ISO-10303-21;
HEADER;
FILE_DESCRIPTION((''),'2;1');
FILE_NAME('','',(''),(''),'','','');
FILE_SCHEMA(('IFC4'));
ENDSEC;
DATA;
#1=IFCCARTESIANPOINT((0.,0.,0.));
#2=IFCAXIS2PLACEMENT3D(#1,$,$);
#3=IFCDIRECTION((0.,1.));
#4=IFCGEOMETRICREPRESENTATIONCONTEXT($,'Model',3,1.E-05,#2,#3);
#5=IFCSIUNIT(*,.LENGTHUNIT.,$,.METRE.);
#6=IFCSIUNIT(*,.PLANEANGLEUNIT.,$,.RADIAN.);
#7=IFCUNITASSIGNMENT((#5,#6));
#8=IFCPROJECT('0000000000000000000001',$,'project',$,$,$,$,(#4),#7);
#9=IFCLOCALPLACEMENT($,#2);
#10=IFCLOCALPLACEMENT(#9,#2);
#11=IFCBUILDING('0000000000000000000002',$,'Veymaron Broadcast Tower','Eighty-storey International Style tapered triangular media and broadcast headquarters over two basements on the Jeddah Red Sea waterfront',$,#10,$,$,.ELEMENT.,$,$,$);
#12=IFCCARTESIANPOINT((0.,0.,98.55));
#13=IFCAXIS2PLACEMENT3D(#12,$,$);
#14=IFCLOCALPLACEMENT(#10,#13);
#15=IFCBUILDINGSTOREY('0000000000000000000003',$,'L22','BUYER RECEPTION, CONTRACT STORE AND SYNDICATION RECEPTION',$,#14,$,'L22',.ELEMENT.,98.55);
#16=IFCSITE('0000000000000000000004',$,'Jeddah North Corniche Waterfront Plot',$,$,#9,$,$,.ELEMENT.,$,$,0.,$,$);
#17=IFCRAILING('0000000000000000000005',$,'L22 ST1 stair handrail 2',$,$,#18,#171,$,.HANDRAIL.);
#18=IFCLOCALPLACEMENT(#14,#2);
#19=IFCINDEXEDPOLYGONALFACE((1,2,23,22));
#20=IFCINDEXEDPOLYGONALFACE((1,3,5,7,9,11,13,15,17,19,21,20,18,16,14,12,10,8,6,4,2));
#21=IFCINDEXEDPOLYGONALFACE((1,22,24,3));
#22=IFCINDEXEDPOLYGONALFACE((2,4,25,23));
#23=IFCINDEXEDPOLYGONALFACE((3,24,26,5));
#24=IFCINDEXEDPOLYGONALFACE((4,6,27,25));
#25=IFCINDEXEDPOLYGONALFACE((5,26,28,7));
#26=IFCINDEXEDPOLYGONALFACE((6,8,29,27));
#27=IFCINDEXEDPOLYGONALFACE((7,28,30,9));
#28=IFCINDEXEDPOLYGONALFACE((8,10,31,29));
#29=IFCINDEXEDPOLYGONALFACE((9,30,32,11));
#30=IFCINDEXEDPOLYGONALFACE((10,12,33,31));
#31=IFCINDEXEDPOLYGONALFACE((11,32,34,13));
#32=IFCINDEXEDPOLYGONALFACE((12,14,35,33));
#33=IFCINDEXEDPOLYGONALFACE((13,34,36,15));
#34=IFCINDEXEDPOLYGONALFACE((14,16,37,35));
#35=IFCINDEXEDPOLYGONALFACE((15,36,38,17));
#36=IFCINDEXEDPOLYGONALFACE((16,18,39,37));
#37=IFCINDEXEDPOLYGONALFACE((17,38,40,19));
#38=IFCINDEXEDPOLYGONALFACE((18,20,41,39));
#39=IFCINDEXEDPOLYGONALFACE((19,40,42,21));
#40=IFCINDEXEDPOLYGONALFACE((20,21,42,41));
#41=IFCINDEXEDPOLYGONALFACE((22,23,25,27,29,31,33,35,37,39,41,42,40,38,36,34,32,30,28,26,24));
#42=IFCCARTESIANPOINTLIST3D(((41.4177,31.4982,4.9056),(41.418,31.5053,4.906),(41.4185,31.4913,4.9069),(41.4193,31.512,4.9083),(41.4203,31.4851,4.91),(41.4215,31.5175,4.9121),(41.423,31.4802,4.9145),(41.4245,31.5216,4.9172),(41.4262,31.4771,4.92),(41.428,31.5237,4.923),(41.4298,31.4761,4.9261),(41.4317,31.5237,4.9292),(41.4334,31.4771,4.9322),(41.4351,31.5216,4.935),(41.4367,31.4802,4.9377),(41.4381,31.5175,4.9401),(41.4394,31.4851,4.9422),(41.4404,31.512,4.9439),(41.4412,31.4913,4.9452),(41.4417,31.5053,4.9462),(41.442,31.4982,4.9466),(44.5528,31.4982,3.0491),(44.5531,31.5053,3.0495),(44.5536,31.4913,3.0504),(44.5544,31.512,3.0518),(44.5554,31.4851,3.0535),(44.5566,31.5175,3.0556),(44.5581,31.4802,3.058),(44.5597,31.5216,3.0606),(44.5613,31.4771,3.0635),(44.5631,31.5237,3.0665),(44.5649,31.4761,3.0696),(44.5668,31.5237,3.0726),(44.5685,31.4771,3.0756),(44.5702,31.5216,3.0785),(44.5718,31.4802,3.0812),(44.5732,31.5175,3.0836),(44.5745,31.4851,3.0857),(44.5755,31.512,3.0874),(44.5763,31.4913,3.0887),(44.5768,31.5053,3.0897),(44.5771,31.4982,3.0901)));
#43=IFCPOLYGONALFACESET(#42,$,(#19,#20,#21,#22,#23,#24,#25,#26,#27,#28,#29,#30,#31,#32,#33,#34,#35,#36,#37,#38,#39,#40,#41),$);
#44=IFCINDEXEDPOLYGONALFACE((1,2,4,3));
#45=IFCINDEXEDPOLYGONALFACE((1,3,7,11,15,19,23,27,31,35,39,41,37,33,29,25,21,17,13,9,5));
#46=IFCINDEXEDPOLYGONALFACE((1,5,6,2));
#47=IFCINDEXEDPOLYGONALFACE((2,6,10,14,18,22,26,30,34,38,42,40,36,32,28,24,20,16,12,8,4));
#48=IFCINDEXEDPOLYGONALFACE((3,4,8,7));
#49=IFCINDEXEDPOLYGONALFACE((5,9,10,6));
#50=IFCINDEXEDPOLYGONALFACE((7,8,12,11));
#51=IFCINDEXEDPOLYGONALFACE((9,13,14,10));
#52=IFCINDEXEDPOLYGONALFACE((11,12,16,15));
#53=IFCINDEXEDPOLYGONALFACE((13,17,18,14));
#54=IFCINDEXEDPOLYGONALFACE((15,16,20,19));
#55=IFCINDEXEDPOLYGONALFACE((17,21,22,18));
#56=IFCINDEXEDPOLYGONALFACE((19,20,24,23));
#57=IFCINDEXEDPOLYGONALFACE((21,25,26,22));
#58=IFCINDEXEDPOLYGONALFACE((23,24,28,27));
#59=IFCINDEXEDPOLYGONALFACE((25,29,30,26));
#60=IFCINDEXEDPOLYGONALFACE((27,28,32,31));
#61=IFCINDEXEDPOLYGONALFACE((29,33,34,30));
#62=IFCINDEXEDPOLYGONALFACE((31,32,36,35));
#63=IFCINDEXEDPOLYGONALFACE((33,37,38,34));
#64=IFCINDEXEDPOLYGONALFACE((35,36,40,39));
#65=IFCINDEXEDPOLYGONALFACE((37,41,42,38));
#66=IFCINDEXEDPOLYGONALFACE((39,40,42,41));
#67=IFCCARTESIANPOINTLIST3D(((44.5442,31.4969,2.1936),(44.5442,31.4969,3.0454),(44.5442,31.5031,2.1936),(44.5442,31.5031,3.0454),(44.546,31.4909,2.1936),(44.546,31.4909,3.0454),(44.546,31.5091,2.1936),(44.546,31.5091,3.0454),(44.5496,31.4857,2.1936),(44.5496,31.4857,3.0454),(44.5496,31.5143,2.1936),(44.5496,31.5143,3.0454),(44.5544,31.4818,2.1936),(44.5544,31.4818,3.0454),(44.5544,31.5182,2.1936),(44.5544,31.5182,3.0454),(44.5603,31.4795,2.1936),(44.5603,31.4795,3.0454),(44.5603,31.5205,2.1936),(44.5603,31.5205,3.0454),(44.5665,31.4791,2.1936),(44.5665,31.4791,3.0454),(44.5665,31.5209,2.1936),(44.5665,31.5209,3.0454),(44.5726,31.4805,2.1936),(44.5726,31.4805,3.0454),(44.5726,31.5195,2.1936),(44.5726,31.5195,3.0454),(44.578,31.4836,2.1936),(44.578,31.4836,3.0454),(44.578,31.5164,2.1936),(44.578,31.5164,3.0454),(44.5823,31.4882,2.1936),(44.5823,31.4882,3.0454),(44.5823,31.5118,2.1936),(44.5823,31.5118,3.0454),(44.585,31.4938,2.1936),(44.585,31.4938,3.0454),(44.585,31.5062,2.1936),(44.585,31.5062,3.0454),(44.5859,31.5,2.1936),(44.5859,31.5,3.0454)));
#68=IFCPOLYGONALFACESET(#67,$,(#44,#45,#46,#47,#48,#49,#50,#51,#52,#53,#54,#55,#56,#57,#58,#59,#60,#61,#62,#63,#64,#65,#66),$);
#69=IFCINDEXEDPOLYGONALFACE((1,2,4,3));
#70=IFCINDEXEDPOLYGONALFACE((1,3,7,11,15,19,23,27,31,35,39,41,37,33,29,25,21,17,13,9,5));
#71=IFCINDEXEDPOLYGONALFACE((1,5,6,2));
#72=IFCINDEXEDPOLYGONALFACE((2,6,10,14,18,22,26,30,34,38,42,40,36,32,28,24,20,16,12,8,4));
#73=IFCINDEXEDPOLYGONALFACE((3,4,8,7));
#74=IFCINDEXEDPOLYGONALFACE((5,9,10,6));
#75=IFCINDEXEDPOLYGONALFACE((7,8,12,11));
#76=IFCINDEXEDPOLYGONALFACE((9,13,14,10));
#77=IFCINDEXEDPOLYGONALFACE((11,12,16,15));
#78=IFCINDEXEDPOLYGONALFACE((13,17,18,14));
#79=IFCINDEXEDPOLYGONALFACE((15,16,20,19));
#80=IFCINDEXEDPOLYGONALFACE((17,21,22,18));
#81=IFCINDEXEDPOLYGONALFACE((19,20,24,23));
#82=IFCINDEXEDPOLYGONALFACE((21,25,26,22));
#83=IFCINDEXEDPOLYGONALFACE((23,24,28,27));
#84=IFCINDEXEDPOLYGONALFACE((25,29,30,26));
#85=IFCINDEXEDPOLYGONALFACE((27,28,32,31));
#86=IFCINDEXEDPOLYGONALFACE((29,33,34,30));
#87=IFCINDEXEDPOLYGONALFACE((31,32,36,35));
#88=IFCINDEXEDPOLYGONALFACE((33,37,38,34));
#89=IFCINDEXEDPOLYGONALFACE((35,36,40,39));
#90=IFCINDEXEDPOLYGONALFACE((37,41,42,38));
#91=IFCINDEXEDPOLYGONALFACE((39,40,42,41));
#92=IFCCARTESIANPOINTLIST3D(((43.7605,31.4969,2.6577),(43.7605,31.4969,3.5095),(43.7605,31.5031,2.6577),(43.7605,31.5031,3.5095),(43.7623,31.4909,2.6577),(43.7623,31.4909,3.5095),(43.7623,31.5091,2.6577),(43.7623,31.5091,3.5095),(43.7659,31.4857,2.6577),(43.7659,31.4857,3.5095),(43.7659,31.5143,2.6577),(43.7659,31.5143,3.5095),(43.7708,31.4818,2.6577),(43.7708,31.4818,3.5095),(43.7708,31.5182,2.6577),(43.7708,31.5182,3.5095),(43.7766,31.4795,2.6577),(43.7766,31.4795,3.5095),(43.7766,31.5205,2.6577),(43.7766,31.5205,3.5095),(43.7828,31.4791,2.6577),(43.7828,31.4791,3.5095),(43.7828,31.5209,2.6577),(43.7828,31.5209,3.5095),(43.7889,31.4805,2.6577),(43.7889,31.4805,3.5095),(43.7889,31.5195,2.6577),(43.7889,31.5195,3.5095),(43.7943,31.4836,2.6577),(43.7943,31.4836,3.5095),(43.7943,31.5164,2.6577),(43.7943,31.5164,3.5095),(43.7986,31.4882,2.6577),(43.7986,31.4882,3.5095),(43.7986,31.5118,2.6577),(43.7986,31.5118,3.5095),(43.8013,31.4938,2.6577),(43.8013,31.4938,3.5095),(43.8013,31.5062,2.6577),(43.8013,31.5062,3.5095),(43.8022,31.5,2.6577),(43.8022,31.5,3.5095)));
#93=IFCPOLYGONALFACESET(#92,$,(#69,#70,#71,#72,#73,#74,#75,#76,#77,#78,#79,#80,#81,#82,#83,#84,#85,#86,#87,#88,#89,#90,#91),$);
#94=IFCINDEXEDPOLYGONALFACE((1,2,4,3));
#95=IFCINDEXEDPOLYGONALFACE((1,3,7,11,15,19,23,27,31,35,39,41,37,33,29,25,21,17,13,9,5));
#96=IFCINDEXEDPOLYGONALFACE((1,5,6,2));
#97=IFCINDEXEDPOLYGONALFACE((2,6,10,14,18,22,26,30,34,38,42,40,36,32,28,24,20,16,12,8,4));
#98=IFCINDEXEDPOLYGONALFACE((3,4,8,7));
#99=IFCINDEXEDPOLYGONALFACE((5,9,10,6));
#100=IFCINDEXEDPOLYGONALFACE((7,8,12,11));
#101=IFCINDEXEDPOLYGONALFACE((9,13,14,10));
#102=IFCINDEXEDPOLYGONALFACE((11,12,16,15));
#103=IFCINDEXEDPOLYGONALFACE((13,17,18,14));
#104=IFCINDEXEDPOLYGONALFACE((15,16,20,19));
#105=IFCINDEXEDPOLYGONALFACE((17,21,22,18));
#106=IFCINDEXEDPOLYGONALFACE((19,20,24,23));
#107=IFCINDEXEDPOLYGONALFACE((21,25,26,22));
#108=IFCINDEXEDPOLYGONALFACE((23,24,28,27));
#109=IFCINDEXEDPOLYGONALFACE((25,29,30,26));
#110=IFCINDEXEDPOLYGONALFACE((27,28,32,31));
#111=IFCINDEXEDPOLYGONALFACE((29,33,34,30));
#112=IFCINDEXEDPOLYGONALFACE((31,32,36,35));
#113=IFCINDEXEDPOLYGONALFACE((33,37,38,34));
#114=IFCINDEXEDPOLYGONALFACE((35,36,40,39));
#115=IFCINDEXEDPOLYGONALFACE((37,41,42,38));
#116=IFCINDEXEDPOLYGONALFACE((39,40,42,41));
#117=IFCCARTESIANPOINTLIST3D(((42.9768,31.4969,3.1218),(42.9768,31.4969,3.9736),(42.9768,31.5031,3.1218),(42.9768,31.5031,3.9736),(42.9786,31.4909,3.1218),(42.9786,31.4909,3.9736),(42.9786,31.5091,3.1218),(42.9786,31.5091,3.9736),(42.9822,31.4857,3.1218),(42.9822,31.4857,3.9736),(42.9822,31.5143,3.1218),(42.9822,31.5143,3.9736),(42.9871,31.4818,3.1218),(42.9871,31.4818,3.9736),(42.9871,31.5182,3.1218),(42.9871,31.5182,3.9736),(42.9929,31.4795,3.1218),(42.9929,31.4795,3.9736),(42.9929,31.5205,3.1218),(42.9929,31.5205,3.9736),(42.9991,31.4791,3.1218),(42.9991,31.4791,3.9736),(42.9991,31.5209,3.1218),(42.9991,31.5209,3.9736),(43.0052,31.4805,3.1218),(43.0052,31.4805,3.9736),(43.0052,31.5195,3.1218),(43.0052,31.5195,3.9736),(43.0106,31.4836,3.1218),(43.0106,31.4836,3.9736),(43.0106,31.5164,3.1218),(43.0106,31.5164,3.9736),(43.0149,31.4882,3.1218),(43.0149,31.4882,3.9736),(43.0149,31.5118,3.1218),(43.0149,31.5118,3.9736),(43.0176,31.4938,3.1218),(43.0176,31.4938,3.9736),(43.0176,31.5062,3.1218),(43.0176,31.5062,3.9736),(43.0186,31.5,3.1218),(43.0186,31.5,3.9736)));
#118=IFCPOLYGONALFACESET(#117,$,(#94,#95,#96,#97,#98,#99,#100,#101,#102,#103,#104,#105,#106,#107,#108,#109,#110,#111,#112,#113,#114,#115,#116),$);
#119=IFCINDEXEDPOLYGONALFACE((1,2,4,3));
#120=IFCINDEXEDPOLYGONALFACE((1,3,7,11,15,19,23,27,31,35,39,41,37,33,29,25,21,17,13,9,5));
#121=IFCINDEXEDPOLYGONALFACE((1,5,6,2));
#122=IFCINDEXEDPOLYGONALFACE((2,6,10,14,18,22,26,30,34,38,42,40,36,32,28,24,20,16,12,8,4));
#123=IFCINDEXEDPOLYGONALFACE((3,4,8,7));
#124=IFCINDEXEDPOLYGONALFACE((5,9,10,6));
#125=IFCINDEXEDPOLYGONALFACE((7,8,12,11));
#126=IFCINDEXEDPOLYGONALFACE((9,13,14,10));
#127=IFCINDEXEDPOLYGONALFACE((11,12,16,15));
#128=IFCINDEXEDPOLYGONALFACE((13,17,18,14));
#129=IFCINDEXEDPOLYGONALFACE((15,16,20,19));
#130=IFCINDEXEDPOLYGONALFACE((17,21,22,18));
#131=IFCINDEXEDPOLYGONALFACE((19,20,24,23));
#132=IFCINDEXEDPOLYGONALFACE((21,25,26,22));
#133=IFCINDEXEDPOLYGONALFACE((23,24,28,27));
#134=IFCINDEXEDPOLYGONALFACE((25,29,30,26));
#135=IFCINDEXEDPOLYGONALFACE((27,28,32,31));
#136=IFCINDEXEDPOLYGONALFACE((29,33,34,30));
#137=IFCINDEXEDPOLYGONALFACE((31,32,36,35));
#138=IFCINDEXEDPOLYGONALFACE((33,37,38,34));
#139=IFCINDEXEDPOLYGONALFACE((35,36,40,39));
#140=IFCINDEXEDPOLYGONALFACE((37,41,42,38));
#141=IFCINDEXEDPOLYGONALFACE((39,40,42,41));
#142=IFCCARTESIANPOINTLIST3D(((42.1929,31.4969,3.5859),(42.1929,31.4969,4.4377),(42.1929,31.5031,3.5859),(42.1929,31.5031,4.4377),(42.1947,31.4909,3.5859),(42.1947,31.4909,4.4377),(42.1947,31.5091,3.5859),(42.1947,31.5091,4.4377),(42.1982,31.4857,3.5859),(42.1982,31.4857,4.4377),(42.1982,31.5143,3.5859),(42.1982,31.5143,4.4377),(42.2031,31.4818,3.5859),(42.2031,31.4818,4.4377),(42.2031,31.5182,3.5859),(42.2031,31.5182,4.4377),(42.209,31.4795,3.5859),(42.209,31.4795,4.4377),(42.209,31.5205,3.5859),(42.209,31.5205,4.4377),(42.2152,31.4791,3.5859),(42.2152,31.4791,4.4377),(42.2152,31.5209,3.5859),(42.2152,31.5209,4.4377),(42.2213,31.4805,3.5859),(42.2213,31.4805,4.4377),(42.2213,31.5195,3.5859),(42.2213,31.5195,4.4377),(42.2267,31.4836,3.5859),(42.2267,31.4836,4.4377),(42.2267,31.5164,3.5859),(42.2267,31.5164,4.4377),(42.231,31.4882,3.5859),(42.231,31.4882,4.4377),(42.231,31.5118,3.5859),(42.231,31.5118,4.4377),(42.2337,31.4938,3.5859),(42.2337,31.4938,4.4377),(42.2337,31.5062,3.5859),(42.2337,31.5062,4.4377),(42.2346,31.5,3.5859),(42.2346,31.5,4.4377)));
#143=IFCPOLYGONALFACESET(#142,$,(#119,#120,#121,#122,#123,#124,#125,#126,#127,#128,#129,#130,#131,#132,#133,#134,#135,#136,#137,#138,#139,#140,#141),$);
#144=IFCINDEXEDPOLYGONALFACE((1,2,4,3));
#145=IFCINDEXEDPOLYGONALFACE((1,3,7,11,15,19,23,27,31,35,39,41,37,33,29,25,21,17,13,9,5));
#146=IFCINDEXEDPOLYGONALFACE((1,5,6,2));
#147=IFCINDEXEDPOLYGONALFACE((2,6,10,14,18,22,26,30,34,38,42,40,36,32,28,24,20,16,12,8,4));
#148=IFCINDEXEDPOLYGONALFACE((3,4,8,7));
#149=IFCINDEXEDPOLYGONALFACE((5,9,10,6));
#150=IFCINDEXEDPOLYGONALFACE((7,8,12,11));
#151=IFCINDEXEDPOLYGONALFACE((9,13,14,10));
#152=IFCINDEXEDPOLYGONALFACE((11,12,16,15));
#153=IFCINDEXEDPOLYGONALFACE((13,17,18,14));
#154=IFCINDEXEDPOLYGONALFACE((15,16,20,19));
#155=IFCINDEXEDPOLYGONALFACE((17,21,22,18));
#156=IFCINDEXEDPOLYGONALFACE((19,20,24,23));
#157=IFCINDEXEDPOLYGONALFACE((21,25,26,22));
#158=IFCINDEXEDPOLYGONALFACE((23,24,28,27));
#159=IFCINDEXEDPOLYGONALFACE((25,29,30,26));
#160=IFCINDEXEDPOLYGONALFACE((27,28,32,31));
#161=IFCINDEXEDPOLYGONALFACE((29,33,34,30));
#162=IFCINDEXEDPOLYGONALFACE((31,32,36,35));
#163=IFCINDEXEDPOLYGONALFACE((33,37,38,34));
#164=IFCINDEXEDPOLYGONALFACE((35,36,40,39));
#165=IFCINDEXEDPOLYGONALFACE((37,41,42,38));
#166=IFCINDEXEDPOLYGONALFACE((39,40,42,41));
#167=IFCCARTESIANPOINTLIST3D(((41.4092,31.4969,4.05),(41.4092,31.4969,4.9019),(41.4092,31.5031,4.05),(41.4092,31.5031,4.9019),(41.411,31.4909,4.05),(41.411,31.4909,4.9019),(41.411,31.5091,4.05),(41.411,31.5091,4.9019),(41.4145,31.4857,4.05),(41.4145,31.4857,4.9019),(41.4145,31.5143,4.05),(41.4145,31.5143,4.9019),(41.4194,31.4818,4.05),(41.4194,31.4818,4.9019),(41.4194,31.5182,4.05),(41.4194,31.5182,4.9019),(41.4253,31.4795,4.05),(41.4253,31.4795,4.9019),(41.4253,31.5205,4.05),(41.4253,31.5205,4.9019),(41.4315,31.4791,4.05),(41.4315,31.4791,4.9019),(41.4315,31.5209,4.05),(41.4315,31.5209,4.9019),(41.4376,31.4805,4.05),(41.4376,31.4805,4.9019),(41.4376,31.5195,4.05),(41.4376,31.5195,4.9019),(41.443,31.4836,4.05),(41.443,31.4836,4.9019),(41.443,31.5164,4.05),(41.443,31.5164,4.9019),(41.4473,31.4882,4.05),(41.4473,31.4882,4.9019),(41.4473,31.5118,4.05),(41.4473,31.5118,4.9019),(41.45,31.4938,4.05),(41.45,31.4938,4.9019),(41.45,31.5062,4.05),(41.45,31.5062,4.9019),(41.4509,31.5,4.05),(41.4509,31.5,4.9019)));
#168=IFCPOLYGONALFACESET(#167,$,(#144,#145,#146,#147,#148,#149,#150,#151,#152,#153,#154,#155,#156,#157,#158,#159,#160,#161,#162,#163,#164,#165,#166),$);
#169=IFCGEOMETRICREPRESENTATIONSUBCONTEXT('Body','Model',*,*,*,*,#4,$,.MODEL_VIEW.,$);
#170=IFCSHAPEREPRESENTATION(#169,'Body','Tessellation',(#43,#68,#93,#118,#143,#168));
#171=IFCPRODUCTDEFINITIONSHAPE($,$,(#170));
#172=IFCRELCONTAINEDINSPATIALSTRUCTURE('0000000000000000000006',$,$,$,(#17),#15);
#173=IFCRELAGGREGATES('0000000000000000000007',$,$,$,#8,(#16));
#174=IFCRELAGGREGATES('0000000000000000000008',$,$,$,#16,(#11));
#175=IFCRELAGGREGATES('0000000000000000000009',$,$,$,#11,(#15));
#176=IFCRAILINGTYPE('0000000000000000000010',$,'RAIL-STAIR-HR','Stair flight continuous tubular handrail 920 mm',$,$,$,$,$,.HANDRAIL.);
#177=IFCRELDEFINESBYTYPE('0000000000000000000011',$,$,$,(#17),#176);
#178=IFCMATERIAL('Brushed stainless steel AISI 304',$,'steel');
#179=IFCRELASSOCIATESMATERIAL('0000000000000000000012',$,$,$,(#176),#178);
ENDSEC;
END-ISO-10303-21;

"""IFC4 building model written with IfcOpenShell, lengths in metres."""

from ifc_helpers import new_model, si_unit, direction, frame, origin, origin_2d, place, context, subcontext, project, spatial, circle, extrude, material, type_object, element, save


model = new_model("IFC4")

# Units and contexts
model_context = context("Model", 3, precision=1e-05, world=origin(), true_north=direction((0.0, 1.0)))
body_context = subcontext(model_context, "Body", "Model", "MODEL_VIEW")
ifc_project = project(units=[si_unit("LENGTHUNIT", "METRE"), si_unit("PLANEANGLEUNIT", "RADIAN")], contexts=[model_context])

# Site, building, storey
site_placement = place(None, origin())
site = spatial("IfcSite", under=ifc_project, at=site_placement, Name="Jeddah North Corniche Waterfront Plot", CompositionType="ELEMENT", RefElevation=0.0)
building_placement = place(site_placement, origin())
building = spatial("IfcBuilding", under=site, at=building_placement, Name="Veymaron Broadcast Tower", Description="Eighty-storey International Style tapered triangular media and broadcast headquarters over two basements on the Jeddah Red Sea waterfront", CompositionType="ELEMENT")
storey_placement = place(building_placement, frame((0.0, 0.0, 98.55)))
storey = spatial("IfcBuildingStorey", under=building, at=storey_placement, Name="L22", Description="BUYER RECEPTION, CONTRACT STORE AND SYNDICATION RECEPTION", LongName="L22", CompositionType="ELEMENT", Elevation=98.55)

# Shared definitions
ifc_material_1 = material(Name="Brushed stainless steel AISI 304", Category="steel")

# Railing
railing_type_1 = type_object("IfcRailingType", Name="RAIL-STAIR-HR", Description="Stair flight continuous tubular handrail 920 mm", PredefinedType="HANDRAIL", material=ifc_material_1)
railing_1_placement = place(storey_placement, frame((44.5649, 31.5, 2.1936)))
element("IfcRailing", 1, at=railing_1_placement, inside=storey, type_object=railing_type_1, Name="L22 ST1 stair handrail 2", PredefinedType="HANDRAIL", context=body_context, shape_type="SweptSolid", body=[
    extrude(circle(Radius=0.0239, at=origin_2d()), frame((0.0, 0.0, 0.876), z_axis=(-0.860453, 0.0, 0.509531), x_axis=(0.0, -1.0, 0.0)), (0.0, 0.0, 1.0), 3.6436),
    extrude(circle(Radius=0.021, at=origin_2d()), origin(), (0.0, 0.0, 1.0), 0.8518),
    extrude(circle(Radius=0.021, at=origin_2d()), frame((-0.7837, 0.0, 0.4641)), (0.0, 0.0, 1.0), 0.8518),
    extrude(circle(Radius=0.021, at=origin_2d()), frame((-1.5674, 0.0, 0.9282)), (0.0, 0.0, 1.0), 0.8518),
    extrude(circle(Radius=0.021, at=origin_2d()), frame((-2.3513, 0.0, 1.3923)), (0.0, 0.0, 1.0), 0.8518),
    extrude(circle(Radius=0.021, at=origin_2d()), frame((-3.135, 0.0, 1.8564)), (0.0, 0.0, 1.0), 0.8518),
])

save(model, "model.ifc")
